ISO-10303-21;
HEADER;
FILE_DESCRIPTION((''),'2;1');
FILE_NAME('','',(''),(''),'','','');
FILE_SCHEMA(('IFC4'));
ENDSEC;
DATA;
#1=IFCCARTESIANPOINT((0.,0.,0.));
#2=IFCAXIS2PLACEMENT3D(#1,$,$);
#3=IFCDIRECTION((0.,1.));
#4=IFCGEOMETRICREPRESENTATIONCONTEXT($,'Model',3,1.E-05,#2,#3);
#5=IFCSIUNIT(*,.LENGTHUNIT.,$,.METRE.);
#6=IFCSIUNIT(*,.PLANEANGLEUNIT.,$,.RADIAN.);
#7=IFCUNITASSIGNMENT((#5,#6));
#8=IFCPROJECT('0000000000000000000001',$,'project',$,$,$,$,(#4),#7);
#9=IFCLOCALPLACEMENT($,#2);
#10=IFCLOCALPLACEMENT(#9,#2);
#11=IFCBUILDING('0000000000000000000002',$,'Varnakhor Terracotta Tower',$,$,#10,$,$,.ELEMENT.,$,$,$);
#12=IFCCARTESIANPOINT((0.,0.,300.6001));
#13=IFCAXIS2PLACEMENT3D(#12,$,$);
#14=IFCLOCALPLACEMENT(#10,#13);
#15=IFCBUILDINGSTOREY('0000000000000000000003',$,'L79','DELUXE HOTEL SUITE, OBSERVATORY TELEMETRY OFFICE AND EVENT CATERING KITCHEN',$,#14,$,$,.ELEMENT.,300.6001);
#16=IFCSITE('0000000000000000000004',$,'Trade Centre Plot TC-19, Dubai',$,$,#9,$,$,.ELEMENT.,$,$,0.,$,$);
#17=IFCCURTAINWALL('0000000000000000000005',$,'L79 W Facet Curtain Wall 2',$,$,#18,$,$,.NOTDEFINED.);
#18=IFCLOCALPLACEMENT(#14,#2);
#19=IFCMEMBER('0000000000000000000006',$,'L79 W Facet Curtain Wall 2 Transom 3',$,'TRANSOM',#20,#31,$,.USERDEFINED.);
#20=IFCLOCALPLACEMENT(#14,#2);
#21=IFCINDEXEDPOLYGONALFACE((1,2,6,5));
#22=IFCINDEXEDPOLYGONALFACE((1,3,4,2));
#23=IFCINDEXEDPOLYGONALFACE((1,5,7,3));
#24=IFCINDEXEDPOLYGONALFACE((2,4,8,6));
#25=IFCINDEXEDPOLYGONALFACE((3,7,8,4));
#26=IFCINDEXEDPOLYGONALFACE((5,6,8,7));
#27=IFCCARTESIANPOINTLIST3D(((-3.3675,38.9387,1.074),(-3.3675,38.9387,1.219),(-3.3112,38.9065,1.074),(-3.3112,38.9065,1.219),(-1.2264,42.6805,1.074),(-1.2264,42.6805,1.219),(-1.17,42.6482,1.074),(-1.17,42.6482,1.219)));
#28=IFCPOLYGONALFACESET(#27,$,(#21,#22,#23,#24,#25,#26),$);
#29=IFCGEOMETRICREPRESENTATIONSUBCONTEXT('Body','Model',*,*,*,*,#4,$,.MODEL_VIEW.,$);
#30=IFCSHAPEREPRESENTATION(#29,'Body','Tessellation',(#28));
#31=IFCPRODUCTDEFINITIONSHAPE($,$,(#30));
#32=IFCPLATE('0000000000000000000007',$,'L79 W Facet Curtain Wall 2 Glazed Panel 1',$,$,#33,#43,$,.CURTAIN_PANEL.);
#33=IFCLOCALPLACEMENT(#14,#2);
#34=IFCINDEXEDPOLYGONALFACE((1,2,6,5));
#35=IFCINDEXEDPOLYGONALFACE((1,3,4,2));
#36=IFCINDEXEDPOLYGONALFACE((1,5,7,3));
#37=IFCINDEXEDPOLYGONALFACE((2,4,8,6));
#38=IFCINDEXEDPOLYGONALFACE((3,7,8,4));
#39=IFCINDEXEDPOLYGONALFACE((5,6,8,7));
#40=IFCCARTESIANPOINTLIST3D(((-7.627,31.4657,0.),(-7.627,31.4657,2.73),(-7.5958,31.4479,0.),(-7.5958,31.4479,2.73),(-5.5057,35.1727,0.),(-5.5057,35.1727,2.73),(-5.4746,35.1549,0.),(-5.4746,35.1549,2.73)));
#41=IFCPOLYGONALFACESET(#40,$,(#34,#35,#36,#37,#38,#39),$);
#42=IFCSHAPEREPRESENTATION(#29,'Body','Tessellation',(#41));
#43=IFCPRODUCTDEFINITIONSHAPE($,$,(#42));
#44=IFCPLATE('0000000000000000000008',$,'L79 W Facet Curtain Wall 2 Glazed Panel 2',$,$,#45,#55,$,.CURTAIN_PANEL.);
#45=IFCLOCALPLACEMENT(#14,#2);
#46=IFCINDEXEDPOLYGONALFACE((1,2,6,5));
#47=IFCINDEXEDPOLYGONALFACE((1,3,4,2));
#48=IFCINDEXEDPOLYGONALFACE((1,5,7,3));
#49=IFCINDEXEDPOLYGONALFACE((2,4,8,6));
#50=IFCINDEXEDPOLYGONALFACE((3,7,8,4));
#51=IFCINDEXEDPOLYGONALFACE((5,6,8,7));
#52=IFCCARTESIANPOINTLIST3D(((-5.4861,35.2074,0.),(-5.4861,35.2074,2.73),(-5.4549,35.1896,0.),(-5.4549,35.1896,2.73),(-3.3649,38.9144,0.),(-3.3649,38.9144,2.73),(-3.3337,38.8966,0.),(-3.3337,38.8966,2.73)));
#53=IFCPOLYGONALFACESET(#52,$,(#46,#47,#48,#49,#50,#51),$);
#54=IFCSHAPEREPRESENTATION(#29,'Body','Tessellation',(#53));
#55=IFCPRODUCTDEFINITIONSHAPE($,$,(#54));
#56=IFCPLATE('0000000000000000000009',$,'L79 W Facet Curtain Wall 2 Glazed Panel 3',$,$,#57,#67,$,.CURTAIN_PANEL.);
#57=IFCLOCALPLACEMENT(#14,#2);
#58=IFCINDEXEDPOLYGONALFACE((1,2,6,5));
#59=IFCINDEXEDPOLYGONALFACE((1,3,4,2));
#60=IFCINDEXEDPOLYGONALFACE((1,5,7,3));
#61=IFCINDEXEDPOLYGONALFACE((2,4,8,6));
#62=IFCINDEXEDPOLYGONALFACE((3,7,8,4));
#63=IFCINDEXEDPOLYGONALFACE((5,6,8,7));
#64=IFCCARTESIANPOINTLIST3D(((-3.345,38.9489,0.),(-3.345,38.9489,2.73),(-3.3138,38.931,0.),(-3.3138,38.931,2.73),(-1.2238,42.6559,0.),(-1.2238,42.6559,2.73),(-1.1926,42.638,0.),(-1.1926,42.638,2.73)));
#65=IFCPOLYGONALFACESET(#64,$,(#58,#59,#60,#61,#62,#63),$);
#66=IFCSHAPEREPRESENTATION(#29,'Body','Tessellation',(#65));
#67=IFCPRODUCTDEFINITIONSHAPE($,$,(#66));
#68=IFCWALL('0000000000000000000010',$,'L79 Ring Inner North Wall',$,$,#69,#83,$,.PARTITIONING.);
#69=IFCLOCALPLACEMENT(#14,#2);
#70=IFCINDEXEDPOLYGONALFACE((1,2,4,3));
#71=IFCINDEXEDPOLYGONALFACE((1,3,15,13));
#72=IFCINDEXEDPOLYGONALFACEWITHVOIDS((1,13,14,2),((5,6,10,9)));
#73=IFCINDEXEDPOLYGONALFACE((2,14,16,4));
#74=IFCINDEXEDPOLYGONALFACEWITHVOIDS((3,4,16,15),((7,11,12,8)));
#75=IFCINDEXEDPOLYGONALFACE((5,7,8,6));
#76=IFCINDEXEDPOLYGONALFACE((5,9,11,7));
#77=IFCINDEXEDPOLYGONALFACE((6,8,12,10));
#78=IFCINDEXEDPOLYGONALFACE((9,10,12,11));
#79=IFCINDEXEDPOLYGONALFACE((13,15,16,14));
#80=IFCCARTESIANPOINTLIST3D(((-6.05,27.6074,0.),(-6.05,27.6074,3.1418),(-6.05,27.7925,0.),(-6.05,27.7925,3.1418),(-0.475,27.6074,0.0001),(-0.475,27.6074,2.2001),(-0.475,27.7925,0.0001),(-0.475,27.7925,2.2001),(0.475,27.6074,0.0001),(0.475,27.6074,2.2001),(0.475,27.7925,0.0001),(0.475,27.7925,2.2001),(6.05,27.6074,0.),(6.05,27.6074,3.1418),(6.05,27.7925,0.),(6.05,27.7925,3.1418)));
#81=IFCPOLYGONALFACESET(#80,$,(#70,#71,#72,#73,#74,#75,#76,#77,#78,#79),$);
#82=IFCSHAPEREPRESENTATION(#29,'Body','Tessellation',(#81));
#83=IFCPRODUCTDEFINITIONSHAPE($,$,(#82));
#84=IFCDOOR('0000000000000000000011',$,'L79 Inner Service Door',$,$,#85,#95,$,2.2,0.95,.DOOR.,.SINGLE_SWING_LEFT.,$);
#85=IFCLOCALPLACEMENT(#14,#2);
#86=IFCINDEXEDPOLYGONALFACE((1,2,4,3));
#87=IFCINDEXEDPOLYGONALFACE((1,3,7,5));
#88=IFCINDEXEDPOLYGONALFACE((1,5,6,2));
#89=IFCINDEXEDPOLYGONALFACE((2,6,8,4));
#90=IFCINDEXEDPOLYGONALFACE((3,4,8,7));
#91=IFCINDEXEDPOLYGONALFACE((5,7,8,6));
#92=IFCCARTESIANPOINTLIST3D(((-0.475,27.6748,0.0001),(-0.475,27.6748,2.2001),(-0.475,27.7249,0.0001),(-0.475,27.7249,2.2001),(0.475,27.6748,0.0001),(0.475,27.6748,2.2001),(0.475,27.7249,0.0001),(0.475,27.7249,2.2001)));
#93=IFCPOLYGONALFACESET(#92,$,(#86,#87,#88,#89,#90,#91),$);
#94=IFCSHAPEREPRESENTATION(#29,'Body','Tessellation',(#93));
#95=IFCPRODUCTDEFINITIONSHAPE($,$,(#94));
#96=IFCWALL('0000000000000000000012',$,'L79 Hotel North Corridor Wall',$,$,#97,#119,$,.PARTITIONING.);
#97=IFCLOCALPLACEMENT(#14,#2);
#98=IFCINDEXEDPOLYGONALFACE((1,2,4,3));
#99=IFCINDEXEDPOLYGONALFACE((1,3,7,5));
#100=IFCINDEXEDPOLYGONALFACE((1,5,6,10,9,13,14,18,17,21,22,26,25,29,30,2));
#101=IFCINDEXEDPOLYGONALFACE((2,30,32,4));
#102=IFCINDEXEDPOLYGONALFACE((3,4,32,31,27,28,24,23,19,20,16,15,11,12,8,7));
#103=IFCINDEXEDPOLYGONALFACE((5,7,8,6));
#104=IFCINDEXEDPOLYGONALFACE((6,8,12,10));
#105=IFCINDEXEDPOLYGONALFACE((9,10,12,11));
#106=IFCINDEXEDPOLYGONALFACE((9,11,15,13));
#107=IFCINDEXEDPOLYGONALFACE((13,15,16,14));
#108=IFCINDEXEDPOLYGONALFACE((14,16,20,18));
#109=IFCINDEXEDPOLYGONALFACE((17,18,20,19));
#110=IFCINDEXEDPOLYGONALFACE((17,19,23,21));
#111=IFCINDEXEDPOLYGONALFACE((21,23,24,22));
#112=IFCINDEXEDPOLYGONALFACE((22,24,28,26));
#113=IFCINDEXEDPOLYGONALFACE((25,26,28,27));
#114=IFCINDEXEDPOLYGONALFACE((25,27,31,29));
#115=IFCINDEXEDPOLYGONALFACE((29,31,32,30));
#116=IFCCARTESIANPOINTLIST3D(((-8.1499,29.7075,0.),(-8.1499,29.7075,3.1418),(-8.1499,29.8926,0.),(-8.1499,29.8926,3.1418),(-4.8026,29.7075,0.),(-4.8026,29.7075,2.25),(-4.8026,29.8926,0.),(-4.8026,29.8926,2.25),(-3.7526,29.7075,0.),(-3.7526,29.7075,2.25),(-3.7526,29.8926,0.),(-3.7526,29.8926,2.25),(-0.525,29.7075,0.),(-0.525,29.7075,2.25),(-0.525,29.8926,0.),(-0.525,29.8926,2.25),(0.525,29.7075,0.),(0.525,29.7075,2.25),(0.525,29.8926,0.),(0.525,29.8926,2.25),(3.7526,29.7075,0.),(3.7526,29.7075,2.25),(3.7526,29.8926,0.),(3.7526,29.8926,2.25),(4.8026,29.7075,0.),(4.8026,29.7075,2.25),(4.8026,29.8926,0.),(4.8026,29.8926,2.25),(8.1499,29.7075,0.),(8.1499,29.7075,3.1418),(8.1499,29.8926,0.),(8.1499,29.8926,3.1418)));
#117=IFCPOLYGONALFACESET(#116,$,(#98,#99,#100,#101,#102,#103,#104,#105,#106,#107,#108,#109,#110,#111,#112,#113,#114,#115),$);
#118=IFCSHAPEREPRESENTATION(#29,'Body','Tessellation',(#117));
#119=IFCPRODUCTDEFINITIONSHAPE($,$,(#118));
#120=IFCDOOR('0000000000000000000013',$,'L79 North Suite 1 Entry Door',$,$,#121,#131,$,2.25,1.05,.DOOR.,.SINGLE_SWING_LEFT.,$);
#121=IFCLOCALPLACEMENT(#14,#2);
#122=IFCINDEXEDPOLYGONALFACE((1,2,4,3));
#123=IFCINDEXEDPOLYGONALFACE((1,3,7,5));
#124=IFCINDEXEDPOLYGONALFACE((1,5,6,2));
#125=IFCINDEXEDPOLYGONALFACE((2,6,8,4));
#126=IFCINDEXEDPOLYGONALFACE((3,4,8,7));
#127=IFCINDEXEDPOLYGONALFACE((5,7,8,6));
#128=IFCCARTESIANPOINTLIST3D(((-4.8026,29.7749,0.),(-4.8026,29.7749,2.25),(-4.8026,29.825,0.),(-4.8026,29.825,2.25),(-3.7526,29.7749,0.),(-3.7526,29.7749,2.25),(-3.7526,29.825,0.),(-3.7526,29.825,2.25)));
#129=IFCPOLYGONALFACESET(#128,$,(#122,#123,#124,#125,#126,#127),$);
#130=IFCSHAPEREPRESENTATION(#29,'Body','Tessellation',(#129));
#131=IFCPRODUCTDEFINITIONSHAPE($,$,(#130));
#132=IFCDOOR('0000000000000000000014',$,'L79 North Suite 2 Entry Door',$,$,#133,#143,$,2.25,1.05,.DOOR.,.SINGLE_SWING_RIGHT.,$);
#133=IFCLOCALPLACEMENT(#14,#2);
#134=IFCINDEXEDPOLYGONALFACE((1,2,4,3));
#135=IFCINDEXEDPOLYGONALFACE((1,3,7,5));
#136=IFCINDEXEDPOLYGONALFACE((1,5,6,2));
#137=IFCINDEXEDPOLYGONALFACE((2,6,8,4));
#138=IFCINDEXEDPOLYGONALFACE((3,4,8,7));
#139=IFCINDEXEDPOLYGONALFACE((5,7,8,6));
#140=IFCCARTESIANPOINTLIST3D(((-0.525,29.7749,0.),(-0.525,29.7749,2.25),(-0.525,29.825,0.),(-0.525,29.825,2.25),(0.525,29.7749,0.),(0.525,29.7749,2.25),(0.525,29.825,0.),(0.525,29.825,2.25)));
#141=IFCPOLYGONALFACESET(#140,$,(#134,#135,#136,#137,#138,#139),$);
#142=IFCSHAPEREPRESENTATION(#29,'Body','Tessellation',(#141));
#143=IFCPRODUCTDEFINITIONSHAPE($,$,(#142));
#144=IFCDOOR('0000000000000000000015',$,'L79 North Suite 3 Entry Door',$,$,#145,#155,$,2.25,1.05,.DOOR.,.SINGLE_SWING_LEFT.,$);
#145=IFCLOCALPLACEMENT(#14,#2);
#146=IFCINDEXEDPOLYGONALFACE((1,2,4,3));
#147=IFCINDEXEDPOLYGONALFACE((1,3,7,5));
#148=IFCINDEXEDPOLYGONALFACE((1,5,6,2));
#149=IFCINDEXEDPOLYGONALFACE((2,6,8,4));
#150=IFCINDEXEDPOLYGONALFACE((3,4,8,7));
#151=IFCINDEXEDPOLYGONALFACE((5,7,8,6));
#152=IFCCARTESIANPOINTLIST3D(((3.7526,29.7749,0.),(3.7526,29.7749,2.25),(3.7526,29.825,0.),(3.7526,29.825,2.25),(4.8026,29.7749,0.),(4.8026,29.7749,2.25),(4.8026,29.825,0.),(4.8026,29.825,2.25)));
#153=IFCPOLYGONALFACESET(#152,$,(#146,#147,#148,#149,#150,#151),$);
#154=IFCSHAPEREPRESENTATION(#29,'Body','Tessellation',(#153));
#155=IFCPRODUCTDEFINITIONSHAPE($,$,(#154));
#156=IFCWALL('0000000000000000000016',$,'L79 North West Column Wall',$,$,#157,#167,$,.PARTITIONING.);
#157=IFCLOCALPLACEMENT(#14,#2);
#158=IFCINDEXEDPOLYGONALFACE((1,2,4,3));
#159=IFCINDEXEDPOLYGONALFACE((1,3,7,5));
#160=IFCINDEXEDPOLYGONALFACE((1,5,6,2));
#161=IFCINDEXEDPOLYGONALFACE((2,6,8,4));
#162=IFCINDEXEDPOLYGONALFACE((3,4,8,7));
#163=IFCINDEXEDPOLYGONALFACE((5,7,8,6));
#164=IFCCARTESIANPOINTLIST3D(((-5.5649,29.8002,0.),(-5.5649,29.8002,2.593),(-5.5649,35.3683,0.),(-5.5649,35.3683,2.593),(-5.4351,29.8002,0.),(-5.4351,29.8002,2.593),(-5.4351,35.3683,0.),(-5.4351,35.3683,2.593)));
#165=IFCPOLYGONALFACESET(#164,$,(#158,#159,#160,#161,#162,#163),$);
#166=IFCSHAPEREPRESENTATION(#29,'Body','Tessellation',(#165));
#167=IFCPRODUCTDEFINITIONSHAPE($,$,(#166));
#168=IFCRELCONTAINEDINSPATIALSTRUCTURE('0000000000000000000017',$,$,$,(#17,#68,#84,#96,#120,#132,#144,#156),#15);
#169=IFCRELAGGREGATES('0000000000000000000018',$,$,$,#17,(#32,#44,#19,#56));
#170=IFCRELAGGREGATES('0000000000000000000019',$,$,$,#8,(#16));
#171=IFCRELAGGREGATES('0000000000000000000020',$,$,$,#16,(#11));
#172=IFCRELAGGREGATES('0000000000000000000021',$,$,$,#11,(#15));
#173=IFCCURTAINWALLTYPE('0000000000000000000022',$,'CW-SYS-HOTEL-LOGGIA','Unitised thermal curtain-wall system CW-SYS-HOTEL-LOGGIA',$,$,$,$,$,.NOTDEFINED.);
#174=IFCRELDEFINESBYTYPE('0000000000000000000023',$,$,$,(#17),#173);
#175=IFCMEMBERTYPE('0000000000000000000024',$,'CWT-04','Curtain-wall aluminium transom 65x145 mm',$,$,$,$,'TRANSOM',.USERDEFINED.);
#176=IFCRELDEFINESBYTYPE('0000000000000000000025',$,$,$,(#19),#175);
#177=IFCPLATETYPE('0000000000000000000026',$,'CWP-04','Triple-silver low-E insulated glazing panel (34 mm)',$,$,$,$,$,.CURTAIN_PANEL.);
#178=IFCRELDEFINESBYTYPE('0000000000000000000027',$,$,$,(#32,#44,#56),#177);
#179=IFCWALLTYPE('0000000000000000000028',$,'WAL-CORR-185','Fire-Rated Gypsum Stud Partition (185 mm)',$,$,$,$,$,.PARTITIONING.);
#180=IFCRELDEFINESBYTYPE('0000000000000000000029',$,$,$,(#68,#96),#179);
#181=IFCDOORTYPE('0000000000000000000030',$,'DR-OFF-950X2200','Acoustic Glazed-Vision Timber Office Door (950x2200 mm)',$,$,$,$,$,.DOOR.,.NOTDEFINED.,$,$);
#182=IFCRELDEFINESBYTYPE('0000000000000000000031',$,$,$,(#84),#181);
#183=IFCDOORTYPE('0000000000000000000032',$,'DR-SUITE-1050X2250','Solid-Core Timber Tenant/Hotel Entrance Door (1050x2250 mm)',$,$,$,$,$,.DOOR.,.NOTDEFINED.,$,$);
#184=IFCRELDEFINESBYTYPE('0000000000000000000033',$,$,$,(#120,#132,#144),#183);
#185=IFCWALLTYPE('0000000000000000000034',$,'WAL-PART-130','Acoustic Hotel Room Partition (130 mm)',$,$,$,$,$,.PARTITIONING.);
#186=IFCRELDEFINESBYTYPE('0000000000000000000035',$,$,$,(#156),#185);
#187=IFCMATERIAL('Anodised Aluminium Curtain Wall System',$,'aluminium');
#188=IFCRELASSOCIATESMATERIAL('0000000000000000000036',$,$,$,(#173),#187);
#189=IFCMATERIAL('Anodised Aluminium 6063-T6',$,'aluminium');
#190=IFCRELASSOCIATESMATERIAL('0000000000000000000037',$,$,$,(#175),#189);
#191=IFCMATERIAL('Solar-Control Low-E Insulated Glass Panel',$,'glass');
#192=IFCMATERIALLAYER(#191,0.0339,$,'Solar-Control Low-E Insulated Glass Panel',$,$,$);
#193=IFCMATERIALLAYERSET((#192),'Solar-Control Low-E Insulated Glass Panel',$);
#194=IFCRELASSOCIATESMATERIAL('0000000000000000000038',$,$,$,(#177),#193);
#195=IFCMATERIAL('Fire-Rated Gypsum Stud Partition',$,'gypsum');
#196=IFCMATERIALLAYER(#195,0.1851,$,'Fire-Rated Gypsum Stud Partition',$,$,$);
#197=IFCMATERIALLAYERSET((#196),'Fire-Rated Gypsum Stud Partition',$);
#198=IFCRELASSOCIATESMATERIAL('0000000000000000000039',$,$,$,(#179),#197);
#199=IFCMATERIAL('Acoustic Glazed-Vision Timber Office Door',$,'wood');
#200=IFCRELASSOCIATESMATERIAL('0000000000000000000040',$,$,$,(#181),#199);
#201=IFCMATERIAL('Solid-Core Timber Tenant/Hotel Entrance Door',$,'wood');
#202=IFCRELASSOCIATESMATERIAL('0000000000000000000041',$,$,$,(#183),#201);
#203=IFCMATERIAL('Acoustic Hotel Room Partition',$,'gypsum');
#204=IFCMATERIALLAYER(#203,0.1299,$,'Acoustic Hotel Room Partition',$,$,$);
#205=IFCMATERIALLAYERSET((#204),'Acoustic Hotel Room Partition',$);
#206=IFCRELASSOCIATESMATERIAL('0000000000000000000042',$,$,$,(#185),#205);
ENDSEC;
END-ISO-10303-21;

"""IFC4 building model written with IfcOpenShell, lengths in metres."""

from ifc_helpers import new_model, si_unit, direction, frame, frame_2d, origin, origin_2d, place, context, subcontext, project, spatial, rectangle, extrude, source, transform, mapped, material, layer, layer_set, material_profile, profile_set, type_object, type_shapes, element, fill, aggregate, save


model = new_model("IFC4")

# Units and contexts
model_context = context("Model", 3, precision=1e-05, world=origin(), true_north=direction((0.0, 1.0)))
body_context = subcontext(model_context, "Body", "Model", "MODEL_VIEW")
ifc_project = project(units=[si_unit("LENGTHUNIT", "METRE"), si_unit("PLANEANGLEUNIT", "RADIAN")], contexts=[model_context])

# Site, building, storey
site_placement = place(None, origin())
site = spatial("IfcSite", under=ifc_project, at=site_placement, Name="Trade Centre Plot TC-19, Dubai", CompositionType="ELEMENT", RefElevation=0.0)
building_placement = place(site_placement, origin())
building = spatial("IfcBuilding", under=site, at=building_placement, Name="Varnakhor Terracotta Tower", CompositionType="ELEMENT")
storey_placement = place(building_placement, frame((0.0, 0.0, 300.6001)))
storey = spatial("IfcBuildingStorey", under=building, at=storey_placement, Name="L79", Description="DELUXE HOTEL SUITE, OBSERVATORY TELEMETRY OFFICE AND EVENT CATERING KITCHEN", CompositionType="ELEMENT", Elevation=300.6001)

# Curtain wall, member, plates
ifc_material_1 = material(Name="Anodised Aluminium Curtain Wall System", Category="aluminium")
curtain_wall_type = type_object("IfcCurtainWallType", Name="CW-SYS-HOTEL-LOGGIA", Description="Unitised thermal curtain-wall system CW-SYS-HOTEL-LOGGIA", PredefinedType="NOTDEFINED", material=ifc_material_1)
curtain_wall_placement = place(storey_placement, origin())
curtain_wall = element("IfcCurtainWall", 1, at=curtain_wall_placement, inside=storey, type_object=curtain_wall_type, Name="L79 W Facet Curtain Wall 2", PredefinedType="NOTDEFINED")
ifc_material_2 = material(Name="Anodised Aluminium 6063-T6", Category="aluminium")
ifc_material_profile_1 = material_profile(ifc_material_2, rectangle(XDim=0.0649, YDim=0.145, at=origin_2d()), Name="ALU TRANSOM 65x145")
ifc_profile_set_1 = profile_set([ifc_material_profile_1], Name="Anodised Aluminium 6063-T6")
member_type_1 = type_object("IfcMemberType", Name="CWT-04", Description="Curtain-wall aluminium transom 65x145 mm", ElementType="TRANSOM", PredefinedType="USERDEFINED", material=ifc_profile_set_1)
shared_shape_1 = source(origin(), body_context, "Body", "SweptSolid", [
    extrude(rectangle(XDim=0.0649, YDim=0.145, at=origin_2d()), origin(), (0.0, 0.0, 1.0), 4.311),
])
member_1_placement = place(storey_placement, frame((-3.3394, 38.9226, 1.1465), z_axis=(0.496663, 0.867943, 0.0), x_axis=(-0.867943, 0.496663, 0.0)))
member_1 = element("IfcMember", 2, at=member_1_placement, type_object=member_type_1, Name="L79 W Facet Curtain Wall 2 Transom 3", ObjectType="TRANSOM", PredefinedType="USERDEFINED", context=body_context, shape_type="MappedRepresentation", body=[
    mapped(shared_shape_1, transform((0.0, 0.0, 0.0), scale=1.0)),
])
ifc_material_3 = material(Name="Solar-Control Low-E Insulated Glass Panel", Category="glass")
ifc_layer_1 = layer(ifc_material_3, 0.0339, Name="Solar-Control Low-E Insulated Glass Panel")
ifc_layer_set_1 = layer_set([ifc_layer_1], Name="Solar-Control Low-E Insulated Glass Panel")
plate_type = type_object("IfcPlateType", Name="CWP-04", Description="Triple-silver low-E insulated glazing panel (34 mm)", PredefinedType="CURTAIN_PANEL", material=ifc_layer_set_1)
shared_shape_2 = source(origin(), body_context, "Body", "SweptSolid", [
    extrude(rectangle(XDim=4.271, YDim=0.0359, at=origin_2d()), origin(), (0.0, 0.0, 1.0), 2.73),
])
plate_1_placement = place(storey_placement, frame((-6.5508, 33.3103, 0.0), z_axis=(0.0, 0.0, 1.0), x_axis=(0.496656, 0.867948, 0.0)))
plate_1 = element("IfcPlate", 3, at=plate_1_placement, type_object=plate_type, Name="L79 W Facet Curtain Wall 2 Glazed Panel 1", PredefinedType="CURTAIN_PANEL", context=body_context, shape_type="MappedRepresentation", body=[
    mapped(shared_shape_2, transform((0.0, 0.0, 0.0), scale=1.0)),
])
plate_2_placement = place(storey_placement, frame((-4.4099, 37.052, 0.0), z_axis=(0.0, 0.0, 1.0), x_axis=(0.496656, 0.867948, 0.0)))
plate_2 = element("IfcPlate", 4, at=plate_2_placement, type_object=plate_type, Name="L79 W Facet Curtain Wall 2 Glazed Panel 2", PredefinedType="CURTAIN_PANEL", context=body_context, shape_type="MappedRepresentation", body=[
    mapped(shared_shape_2, transform((0.0, 0.0, 0.0), scale=1.0)),
])
plate_3_placement = place(storey_placement, frame((-2.2688, 40.7935, 0.0), z_axis=(0.0, 0.0, 1.0), x_axis=(0.496656, 0.867948, 0.0)))
plate_3 = element("IfcPlate", 5, at=plate_3_placement, type_object=plate_type, Name="L79 W Facet Curtain Wall 2 Glazed Panel 3", PredefinedType="CURTAIN_PANEL", context=body_context, shape_type="MappedRepresentation", body=[
    mapped(shared_shape_2, transform((0.0, 0.0, 0.0), scale=1.0)),
])
aggregate(curtain_wall, [plate_1, plate_2, member_1, plate_3])

# Wall, opening, door
ifc_material_4 = material(Name="Fire-Rated Gypsum Stud Partition", Category="gypsum")
ifc_layer_2 = layer(ifc_material_4, 0.1851, Name="Fire-Rated Gypsum Stud Partition")
ifc_layer_set_2 = layer_set([ifc_layer_2], Name="Fire-Rated Gypsum Stud Partition")
wall_type_1 = type_object("IfcWallType", Name="WAL-CORR-185", Description="Fire-Rated Gypsum Stud Partition (185 mm)", PredefinedType="PARTITIONING", material=ifc_layer_set_2)
wall_1_placement = place(storey_placement, frame((-6.05, 27.7, 0.0), z_axis=(0.0, 0.0, 1.0), x_axis=(1.0, 0.0, 0.0)))
wall_1 = element("IfcWall", 6, at=wall_1_placement, inside=storey, type_object=wall_type_1, Name="L79 Ring Inner North Wall", PredefinedType="PARTITIONING", context=body_context, shape_type="SweptSolid", body=[
    extrude(rectangle(XDim=12.1001, YDim=0.1851, at=frame_2d((6.05, 0.0))), origin(), (0.0, 0.0, 1.0), 3.1418),
])
opening_1_placement = place(wall_1_placement, frame((5.575, 0.0, 0.0)))
opening_1 = element("IfcOpeningElement", 7, at=opening_1_placement, cuts=wall_1, PredefinedType="OPENING", context=body_context, shape_type="SweptSolid", body=[
    extrude(rectangle(XDim=0.95, YDim=2.2, at=frame_2d((0.4751, 1.1001))), frame((0.0, 0.1025, 0.0), z_axis=(0.0, -1.0, 0.0), x_axis=(1.0, 0.0, 0.0)), (0.0, 0.0, 1.0), 0.2051),
])
ifc_material_5 = material(Name="Acoustic Glazed-Vision Timber Office Door", Category="wood")
door_type_1 = type_object("IfcDoorType", Name="DR-OFF-950X2200", Description="Acoustic Glazed-Vision Timber Office Door (950x2200 mm)", OperationType="NOTDEFINED", PredefinedType="DOOR", material=ifc_material_5)
shared_shape_3 = source(origin(), body_context, "Body", "SweptSolid", [
    extrude(rectangle(XDim=0.95, YDim=2.2, at=frame_2d((0.4751, 1.1001))), frame((0.0, 0.0249, 0.0), z_axis=(0.0, -1.0, 0.0), x_axis=(1.0, 0.0, 0.0)), (0.0, 0.0, 1.0), 0.05),
])
type_shapes(door_type_1, [shared_shape_3])
door_1_placement = place(opening_1_placement, origin())
door_1 = element("IfcDoor", 8, at=door_1_placement, inside=storey, type_object=door_type_1, Name="L79 Inner Service Door", OperationType="SINGLE_SWING_LEFT", OverallHeight=2.2, OverallWidth=0.95, PredefinedType="DOOR", context=body_context, shape_type="MappedRepresentation", body=[
    mapped(shared_shape_3, transform((0.0, 0.0, 0.0), scale=1.0)),
])
fill(opening_1, door_1)

# Wall, openings, doors
wall_2_placement = place(storey_placement, frame((-8.1499, 29.8, 0.0), z_axis=(0.0, 0.0, 1.0), x_axis=(1.0, 0.0, 0.0)))
wall_2 = element("IfcWall", 9, at=wall_2_placement, inside=storey, type_object=wall_type_1, Name="L79 Hotel North Corridor Wall", PredefinedType="PARTITIONING", context=body_context, shape_type="SweptSolid", body=[
    extrude(rectangle(XDim=16.2998, YDim=0.1851, at=frame_2d((8.1499, 0.0))), origin(), (0.0, 0.0, 1.0), 3.1418),
])
opening_2_placement = place(wall_2_placement, frame((3.3474, 0.0, 0.0)))
opening_2 = element("IfcOpeningElement", 10, at=opening_2_placement, cuts=wall_2, PredefinedType="OPENING", context=body_context, shape_type="SweptSolid", body=[
    extrude(rectangle(XDim=1.05, YDim=2.25, at=frame_2d((0.5249, 1.125))), frame((0.0, 0.1025, 0.0), z_axis=(0.0, -1.0, 0.0), x_axis=(1.0, 0.0, 0.0)), (0.0, 0.0, 1.0), 0.2051),
])
opening_3_placement = place(wall_2_placement, frame((7.625, 0.0, 0.0)))
opening_3 = element("IfcOpeningElement", 11, at=opening_3_placement, cuts=wall_2, PredefinedType="OPENING", context=body_context, shape_type="SweptSolid", body=[
    extrude(rectangle(XDim=1.05, YDim=2.25, at=frame_2d((0.5249, 1.125))), frame((0.0, 0.1025, 0.0), z_axis=(0.0, -1.0, 0.0), x_axis=(1.0, 0.0, 0.0)), (0.0, 0.0, 1.0), 0.2051),
])
opening_4_placement = place(wall_2_placement, frame((11.9026, 0.0, 0.0)))
opening_4 = element("IfcOpeningElement", 12, at=opening_4_placement, cuts=wall_2, PredefinedType="OPENING", context=body_context, shape_type="SweptSolid", body=[
    extrude(rectangle(XDim=1.05, YDim=2.25, at=frame_2d((0.5249, 1.125))), frame((0.0, 0.1025, 0.0), z_axis=(0.0, -1.0, 0.0), x_axis=(1.0, 0.0, 0.0)), (0.0, 0.0, 1.0), 0.2051),
])
ifc_material_6 = material(Name="Solid-Core Timber Tenant/Hotel Entrance Door", Category="wood")
door_type_2 = type_object("IfcDoorType", Name="DR-SUITE-1050X2250", Description="Solid-Core Timber Tenant/Hotel Entrance Door (1050x2250 mm)", OperationType="NOTDEFINED", PredefinedType="DOOR", material=ifc_material_6)
shared_shape_4 = source(origin(), body_context, "Body", "SweptSolid", [
    extrude(rectangle(XDim=1.05, YDim=2.25, at=frame_2d((0.5249, 1.125))), frame((0.0, 0.0249, 0.0), z_axis=(0.0, -1.0, 0.0), x_axis=(1.0, 0.0, 0.0)), (0.0, 0.0, 1.0), 0.05),
])
type_shapes(door_type_2, [shared_shape_4])
door_2_placement = place(opening_2_placement, origin())
door_2 = element("IfcDoor", 13, at=door_2_placement, inside=storey, type_object=door_type_2, Name="L79 North Suite 1 Entry Door", OperationType="SINGLE_SWING_LEFT", OverallHeight=2.25, OverallWidth=1.05, PredefinedType="DOOR", context=body_context, shape_type="MappedRepresentation", body=[
    mapped(shared_shape_4, transform((0.0, 0.0, 0.0), scale=1.0)),
])
fill(opening_2, door_2)
door_3_placement = place(opening_3_placement, origin())
door_3 = element("IfcDoor", 14, at=door_3_placement, inside=storey, type_object=door_type_2, Name="L79 North Suite 2 Entry Door", OperationType="SINGLE_SWING_RIGHT", OverallHeight=2.25, OverallWidth=1.05, PredefinedType="DOOR", context=body_context, shape_type="MappedRepresentation", body=[
    mapped(shared_shape_4, transform((0.0, 0.0, 0.0), scale=1.0)),
])
fill(opening_3, door_3)
door_4_placement = place(opening_4_placement, origin())
door_4 = element("IfcDoor", 15, at=door_4_placement, inside=storey, type_object=door_type_2, Name="L79 North Suite 3 Entry Door", OperationType="SINGLE_SWING_LEFT", OverallHeight=2.25, OverallWidth=1.05, PredefinedType="DOOR", context=body_context, shape_type="MappedRepresentation", body=[
    mapped(shared_shape_4, transform((0.0, 0.0, 0.0), scale=1.0)),
])
fill(opening_4, door_4)

# Wall
ifc_material_7 = material(Name="Acoustic Hotel Room Partition", Category="gypsum")
ifc_layer_3 = layer(ifc_material_7, 0.1299, Name="Acoustic Hotel Room Partition")
ifc_layer_set_3 = layer_set([ifc_layer_3], Name="Acoustic Hotel Room Partition")
wall_type_2 = type_object("IfcWallType", Name="WAL-PART-130", Description="Acoustic Hotel Room Partition (130 mm)", PredefinedType="PARTITIONING", material=ifc_layer_set_3)
wall_3_placement = place(storey_placement, frame((-5.5, 29.8, 0.0), z_axis=(0.0, 0.0, 1.0), x_axis=(0.0, 1.0, 0.0)))
element("IfcWall", 16, at=wall_3_placement, inside=storey, type_object=wall_type_2, Name="L79 North West Column Wall", PredefinedType="PARTITIONING", context=body_context, shape_type="SweptSolid", body=[
    extrude(rectangle(XDim=5.5681, YDim=0.1299, at=frame_2d((2.7842, 0.0))), origin(), (0.0, 0.0, 1.0), 2.593),
])

save(model, "model.ifc")
